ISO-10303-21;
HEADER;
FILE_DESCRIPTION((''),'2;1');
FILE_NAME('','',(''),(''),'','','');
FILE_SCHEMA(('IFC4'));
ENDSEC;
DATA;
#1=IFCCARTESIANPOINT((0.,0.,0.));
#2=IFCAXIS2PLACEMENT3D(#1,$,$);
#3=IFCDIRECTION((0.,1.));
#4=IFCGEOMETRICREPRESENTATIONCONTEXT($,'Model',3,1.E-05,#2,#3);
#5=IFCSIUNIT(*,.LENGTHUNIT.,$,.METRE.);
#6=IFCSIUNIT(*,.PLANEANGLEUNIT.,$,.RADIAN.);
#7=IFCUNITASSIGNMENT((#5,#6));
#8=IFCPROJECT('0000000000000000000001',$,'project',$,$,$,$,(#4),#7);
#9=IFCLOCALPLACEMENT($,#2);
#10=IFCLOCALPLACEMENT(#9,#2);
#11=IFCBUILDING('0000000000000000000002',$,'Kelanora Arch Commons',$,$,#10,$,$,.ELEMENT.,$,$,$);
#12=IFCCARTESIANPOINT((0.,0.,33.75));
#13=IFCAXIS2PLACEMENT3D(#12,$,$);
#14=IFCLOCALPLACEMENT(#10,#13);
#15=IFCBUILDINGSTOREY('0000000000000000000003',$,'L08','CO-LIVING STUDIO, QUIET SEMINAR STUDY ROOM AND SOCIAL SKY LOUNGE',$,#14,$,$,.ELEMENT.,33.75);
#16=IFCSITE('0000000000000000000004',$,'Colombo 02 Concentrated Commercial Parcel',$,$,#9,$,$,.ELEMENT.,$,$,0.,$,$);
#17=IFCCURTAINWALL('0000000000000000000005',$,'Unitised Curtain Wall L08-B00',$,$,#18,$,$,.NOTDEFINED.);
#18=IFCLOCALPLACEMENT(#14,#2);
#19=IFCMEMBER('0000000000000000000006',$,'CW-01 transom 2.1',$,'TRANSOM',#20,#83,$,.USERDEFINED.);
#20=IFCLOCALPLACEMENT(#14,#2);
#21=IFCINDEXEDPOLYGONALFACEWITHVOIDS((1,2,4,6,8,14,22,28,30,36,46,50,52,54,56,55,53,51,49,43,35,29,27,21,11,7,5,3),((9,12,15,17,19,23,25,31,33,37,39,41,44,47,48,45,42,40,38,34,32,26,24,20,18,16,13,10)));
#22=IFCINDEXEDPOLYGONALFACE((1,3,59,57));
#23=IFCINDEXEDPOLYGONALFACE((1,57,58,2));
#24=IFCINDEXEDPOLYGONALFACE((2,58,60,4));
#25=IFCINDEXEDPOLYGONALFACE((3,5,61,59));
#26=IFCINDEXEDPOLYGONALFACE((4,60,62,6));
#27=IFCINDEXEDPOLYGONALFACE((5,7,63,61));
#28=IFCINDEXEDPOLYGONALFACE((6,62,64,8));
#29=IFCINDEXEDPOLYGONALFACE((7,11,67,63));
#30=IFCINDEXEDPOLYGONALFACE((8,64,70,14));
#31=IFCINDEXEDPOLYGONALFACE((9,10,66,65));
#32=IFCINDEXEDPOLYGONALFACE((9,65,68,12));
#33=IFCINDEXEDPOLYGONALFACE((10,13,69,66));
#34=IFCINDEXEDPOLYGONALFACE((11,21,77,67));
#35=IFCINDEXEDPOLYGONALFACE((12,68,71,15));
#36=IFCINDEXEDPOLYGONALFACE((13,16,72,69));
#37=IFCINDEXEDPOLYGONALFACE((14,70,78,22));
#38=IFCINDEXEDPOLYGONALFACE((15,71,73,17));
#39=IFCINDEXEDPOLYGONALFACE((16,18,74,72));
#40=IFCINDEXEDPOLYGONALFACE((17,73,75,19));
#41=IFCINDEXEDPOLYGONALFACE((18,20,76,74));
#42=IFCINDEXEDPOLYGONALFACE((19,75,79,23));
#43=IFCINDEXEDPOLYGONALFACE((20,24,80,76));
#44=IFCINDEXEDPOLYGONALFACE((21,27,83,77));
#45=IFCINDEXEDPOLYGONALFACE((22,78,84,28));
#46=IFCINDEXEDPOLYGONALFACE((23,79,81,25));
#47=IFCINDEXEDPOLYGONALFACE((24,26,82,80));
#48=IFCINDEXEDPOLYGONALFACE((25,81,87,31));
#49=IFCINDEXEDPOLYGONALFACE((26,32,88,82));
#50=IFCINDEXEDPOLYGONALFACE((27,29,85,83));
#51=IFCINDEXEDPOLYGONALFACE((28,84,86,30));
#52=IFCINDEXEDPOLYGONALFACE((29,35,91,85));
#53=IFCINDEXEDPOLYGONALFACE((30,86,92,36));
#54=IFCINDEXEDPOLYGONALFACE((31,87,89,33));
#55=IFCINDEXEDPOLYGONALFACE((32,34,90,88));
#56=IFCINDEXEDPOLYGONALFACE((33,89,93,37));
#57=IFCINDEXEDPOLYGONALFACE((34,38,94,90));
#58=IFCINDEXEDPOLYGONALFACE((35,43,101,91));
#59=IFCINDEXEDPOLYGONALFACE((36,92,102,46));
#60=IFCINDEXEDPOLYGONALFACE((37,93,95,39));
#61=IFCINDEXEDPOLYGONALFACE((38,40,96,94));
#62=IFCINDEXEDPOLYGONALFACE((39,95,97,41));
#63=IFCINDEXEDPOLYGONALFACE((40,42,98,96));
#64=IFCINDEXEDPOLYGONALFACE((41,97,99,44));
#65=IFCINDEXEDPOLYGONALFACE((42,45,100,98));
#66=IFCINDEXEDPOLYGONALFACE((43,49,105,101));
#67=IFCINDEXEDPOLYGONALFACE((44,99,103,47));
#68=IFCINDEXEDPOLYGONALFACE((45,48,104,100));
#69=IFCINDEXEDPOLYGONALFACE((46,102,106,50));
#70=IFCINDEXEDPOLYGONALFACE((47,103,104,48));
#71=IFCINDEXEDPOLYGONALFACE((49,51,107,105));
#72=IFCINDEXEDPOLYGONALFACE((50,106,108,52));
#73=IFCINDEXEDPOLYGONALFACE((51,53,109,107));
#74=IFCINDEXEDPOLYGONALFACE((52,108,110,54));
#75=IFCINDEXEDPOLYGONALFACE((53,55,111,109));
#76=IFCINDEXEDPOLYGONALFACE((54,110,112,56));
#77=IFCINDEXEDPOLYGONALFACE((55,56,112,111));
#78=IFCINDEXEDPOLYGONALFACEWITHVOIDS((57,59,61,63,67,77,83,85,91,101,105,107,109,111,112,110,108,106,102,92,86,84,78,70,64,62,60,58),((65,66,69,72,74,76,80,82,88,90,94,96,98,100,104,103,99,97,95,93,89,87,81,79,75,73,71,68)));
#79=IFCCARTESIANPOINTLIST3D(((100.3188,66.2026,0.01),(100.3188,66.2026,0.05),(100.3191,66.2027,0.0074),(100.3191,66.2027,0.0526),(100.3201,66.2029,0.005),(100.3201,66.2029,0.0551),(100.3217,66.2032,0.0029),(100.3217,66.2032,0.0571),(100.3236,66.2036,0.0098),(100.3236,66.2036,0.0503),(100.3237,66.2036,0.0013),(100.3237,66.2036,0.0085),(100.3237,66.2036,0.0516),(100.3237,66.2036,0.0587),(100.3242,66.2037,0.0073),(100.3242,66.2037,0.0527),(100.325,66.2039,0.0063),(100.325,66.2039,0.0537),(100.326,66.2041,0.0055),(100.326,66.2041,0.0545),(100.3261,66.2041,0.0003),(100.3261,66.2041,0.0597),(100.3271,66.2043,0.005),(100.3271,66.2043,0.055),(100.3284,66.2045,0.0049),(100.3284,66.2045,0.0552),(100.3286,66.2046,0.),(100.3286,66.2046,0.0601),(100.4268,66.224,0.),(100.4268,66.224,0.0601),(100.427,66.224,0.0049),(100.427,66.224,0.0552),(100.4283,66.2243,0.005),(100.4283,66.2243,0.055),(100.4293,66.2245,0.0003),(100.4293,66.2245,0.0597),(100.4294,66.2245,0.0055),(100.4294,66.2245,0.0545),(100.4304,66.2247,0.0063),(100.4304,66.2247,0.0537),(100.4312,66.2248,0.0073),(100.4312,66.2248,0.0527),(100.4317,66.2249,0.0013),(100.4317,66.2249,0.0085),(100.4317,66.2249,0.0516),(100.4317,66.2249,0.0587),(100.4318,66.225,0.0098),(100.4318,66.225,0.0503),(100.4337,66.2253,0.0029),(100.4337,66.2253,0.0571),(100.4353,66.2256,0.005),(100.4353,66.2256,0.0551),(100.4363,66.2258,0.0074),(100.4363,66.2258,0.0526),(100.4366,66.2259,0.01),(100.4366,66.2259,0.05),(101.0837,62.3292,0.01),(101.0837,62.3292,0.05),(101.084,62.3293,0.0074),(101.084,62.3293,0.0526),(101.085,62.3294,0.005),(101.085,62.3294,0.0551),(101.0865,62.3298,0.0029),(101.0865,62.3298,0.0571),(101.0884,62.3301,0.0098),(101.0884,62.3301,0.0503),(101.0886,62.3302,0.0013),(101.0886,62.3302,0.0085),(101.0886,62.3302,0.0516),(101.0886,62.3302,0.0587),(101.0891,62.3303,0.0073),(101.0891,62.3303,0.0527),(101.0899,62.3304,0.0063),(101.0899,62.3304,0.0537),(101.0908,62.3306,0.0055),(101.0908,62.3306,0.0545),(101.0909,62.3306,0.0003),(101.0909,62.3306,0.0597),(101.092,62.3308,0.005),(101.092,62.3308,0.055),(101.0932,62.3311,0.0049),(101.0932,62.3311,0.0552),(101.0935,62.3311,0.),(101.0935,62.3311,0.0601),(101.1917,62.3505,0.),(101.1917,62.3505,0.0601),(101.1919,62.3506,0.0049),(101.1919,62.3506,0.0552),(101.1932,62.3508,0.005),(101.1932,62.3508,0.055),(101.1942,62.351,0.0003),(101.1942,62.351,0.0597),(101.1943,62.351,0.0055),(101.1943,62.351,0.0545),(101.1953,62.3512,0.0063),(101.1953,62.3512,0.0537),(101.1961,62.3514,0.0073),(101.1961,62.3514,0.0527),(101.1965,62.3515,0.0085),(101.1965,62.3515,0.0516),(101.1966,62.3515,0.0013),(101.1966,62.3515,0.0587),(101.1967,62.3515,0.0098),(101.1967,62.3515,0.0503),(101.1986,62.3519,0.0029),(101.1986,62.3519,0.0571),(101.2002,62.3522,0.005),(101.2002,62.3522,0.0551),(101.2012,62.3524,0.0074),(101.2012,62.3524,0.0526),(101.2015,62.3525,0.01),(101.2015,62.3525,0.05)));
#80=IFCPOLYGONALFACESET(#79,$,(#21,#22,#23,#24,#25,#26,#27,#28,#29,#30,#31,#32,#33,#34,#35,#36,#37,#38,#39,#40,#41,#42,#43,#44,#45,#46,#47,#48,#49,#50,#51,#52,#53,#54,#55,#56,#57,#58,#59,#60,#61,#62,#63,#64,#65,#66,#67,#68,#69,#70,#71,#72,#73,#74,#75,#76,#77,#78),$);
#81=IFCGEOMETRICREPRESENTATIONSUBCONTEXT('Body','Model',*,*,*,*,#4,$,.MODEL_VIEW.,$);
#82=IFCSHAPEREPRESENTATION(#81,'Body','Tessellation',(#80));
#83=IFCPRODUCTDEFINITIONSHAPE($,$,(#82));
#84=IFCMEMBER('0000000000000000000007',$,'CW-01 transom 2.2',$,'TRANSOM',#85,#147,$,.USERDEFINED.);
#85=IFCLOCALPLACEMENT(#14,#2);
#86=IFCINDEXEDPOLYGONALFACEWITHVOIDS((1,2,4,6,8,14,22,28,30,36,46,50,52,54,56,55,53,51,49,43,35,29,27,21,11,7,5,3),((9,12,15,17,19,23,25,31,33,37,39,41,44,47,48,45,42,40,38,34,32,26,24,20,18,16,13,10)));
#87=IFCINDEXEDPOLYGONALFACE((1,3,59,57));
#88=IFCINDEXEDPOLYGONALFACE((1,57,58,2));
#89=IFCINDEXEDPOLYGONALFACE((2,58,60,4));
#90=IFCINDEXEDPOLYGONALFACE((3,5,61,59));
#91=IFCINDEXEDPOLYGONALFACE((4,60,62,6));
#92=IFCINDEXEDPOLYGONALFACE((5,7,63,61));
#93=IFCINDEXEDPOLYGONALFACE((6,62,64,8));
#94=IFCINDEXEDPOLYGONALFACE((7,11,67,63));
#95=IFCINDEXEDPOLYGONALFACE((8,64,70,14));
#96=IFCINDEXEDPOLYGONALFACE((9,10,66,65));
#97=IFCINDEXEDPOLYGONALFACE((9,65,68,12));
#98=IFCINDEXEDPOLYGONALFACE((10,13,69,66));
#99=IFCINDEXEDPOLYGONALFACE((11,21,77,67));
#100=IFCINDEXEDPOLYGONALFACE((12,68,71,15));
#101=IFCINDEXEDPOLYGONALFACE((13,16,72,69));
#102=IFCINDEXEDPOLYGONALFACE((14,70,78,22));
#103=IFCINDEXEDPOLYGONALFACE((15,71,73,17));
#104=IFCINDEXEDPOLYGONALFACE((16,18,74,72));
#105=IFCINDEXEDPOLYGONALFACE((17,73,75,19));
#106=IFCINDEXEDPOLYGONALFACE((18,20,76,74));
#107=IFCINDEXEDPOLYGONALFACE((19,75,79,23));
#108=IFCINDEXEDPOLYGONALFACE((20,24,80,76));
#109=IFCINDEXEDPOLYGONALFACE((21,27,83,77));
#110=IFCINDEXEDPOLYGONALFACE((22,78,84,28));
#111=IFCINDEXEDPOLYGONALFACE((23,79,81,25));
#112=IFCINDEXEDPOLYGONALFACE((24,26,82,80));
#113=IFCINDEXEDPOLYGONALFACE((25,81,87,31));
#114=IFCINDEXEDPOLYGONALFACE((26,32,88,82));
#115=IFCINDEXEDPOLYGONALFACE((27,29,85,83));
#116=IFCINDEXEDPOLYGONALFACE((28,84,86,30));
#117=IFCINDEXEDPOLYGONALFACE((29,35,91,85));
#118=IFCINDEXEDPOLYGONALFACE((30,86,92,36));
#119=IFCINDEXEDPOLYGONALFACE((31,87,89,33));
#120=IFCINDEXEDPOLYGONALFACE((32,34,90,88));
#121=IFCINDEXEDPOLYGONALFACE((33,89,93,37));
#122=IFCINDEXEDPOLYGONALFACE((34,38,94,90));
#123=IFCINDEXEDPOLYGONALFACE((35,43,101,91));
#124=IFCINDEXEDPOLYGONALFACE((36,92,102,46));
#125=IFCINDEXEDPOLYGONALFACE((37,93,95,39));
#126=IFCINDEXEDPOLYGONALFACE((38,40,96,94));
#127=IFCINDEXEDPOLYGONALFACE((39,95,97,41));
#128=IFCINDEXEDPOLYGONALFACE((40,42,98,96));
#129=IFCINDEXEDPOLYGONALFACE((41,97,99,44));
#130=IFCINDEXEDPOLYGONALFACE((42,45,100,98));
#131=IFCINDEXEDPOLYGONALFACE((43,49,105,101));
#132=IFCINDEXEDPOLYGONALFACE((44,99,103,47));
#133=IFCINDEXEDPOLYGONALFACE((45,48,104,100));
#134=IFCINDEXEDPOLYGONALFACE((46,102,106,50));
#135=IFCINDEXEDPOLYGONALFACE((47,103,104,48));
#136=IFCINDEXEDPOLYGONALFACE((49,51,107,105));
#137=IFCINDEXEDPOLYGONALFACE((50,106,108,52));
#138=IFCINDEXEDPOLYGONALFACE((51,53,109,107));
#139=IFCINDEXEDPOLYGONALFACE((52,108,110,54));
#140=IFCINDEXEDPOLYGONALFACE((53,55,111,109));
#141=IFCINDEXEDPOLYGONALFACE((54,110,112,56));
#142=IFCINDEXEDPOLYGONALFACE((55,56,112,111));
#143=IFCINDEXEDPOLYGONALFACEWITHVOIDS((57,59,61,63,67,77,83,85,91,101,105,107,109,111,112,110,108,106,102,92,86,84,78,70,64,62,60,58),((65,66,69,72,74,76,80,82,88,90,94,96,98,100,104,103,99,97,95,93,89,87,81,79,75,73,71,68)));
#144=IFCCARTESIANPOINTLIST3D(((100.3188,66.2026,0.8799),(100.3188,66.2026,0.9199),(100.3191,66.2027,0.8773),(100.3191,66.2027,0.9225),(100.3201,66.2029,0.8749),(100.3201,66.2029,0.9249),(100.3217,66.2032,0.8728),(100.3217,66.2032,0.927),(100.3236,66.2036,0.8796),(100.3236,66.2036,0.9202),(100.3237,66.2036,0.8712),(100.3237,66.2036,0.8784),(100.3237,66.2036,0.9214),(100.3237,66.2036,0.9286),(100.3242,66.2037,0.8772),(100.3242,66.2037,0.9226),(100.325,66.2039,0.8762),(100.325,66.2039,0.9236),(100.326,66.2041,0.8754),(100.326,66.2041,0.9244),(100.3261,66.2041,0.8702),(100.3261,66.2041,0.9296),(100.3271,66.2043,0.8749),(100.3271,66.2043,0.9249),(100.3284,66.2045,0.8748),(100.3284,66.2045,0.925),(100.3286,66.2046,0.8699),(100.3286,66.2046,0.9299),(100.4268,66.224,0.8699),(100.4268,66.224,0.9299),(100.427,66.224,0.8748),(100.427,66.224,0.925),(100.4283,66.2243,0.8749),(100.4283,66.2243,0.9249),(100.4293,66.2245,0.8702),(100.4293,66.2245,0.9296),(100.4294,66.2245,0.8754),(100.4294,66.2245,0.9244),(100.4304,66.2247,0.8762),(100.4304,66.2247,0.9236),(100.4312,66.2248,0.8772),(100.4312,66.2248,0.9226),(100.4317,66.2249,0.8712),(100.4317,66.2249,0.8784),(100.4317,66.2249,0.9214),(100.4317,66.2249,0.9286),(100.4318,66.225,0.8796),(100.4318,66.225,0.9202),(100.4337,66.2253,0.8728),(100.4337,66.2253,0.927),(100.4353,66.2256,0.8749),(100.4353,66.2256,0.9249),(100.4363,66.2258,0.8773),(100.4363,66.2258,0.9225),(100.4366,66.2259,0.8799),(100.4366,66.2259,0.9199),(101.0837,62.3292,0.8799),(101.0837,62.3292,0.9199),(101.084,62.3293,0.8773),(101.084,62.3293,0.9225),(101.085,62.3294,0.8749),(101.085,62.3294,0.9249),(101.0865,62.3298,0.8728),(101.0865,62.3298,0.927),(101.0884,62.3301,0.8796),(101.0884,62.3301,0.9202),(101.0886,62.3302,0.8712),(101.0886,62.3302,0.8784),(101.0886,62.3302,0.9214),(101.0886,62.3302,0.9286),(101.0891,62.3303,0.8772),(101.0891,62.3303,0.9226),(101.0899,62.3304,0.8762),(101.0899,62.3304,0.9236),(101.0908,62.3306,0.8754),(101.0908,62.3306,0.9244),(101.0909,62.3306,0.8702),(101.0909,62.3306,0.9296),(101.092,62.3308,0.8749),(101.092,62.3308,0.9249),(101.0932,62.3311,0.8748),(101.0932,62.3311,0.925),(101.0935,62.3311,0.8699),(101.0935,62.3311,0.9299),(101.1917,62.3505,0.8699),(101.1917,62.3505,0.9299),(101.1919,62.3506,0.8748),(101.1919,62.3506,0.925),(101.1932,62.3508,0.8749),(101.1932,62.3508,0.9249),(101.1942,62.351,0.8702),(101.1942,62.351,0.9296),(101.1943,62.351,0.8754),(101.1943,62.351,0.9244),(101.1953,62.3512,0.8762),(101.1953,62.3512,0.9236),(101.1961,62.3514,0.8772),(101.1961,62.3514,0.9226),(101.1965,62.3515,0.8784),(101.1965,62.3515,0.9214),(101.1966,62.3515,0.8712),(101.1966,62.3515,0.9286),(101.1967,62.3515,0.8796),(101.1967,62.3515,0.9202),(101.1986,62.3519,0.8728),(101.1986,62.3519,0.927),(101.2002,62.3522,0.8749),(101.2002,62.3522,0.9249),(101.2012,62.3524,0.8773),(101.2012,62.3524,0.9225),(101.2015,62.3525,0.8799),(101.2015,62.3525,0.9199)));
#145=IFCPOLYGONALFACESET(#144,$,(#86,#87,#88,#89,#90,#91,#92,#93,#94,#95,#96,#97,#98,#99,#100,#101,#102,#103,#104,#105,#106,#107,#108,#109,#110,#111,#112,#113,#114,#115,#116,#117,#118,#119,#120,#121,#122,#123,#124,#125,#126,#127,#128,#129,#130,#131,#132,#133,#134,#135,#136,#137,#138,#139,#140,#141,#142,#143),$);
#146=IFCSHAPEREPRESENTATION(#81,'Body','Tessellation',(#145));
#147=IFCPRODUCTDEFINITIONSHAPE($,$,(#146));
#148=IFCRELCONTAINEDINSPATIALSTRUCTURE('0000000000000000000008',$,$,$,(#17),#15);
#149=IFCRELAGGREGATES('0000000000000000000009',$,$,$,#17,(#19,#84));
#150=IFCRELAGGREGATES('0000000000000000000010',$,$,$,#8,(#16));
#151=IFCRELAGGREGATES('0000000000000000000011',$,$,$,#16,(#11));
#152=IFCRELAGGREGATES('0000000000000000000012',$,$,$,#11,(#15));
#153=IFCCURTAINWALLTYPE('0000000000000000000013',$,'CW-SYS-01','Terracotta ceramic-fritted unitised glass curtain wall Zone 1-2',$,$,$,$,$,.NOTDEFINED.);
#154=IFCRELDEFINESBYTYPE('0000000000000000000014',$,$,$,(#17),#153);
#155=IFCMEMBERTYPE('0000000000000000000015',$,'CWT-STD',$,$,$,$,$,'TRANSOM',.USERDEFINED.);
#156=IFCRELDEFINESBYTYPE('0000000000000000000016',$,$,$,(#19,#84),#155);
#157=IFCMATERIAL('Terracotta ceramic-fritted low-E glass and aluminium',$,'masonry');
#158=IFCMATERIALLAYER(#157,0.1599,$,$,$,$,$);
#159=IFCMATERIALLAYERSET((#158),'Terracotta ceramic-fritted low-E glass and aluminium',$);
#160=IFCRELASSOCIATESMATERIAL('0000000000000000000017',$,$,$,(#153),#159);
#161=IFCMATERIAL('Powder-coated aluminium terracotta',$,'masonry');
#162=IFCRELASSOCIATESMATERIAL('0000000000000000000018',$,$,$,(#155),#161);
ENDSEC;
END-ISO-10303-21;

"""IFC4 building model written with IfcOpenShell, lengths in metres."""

from ifc_helpers import new_model, si_unit, direction, frame, origin, origin_2d, place, context, subcontext, project, spatial, hollow_rectangle, extrude, material, layer, layer_set, material_profile, profile_set, type_object, element, aggregate, save


model = new_model("IFC4")

# Units and contexts
model_context = context("Model", 3, precision=1e-05, world=origin(), true_north=direction((0.0, 1.0)))
body_context = subcontext(model_context, "Body", "Model", "MODEL_VIEW")
ifc_project = project(units=[si_unit("LENGTHUNIT", "METRE"), si_unit("PLANEANGLEUNIT", "RADIAN")], contexts=[model_context])

# Site, building, storey
site_placement = place(None, origin())
site = spatial("IfcSite", under=ifc_project, at=site_placement, Name="Colombo 02 Concentrated Commercial Parcel", CompositionType="ELEMENT", RefElevation=0.0)
building_placement = place(site_placement, origin())
building = spatial("IfcBuilding", under=site, at=building_placement, Name="Kelanora Arch Commons", CompositionType="ELEMENT")
storey_placement = place(building_placement, frame((0.0, 0.0, 33.75)))
storey = spatial("IfcBuildingStorey", under=building, at=storey_placement, Name="L08", Description="CO-LIVING STUDIO, QUIET SEMINAR STUDY ROOM AND SOCIAL SKY LOUNGE", CompositionType="ELEMENT", Elevation=33.75)

# Curtain wall, members
ifc_material_1 = material(Name="Terracotta ceramic-fritted low-E glass and aluminium", Category="masonry")
ifc_layer_1 = layer(ifc_material_1, 0.1599)
ifc_layer_set_1 = layer_set([ifc_layer_1], Name="Terracotta ceramic-fritted low-E glass and aluminium")
curtain_wall_type = type_object("IfcCurtainWallType", Name="CW-SYS-01", Description="Terracotta ceramic-fritted unitised glass curtain wall Zone 1-2", PredefinedType="NOTDEFINED", material=ifc_layer_set_1)
curtain_wall_placement = place(storey_placement, origin())
curtain_wall = element("IfcCurtainWall", 1, at=curtain_wall_placement, inside=storey, type_object=curtain_wall_type, Name="Unitised Curtain Wall L08-B00", PredefinedType="NOTDEFINED")
ifc_material_2 = material(Name="Powder-coated aluminium terracotta", Category="masonry")
ifc_material_profile_1 = material_profile(ifc_material_2, hollow_rectangle(XDim=0.1201, YDim=0.0601, WallThickness=0.0049, InnerFilletRadius=0.0049, OuterFilletRadius=0.01, at=origin_2d()), Name="CWT120x60")
ifc_profile_set_1 = profile_set([ifc_material_profile_1], Name="Powder-coated aluminium terracotta")
member_type_1 = type_object("IfcMemberType", Name="CWT-STD", ElementType="TRANSOM", PredefinedType="USERDEFINED", material=ifc_profile_set_1)
member_1_placement = place(storey_placement, frame((101.1426, 62.3408, 0.03), z_axis=(-0.193725, 0.981056, 0.0), x_axis=(-0.981056, -0.193725, 0.0)))
member_1 = element("IfcMember", 2, at=member_1_placement, type_object=member_type_1, Name="CW-01 transom 2.1", ObjectType="TRANSOM", PredefinedType="USERDEFINED", context=body_context, shape_type="SweptSolid", body=[
    extrude(hollow_rectangle(XDim=0.1201, YDim=0.0601, WallThickness=0.0049, InnerFilletRadius=0.0049, OuterFilletRadius=0.01, at=origin_2d()), origin(), (0.0, 0.0, 1.0), 3.9482),
])
member_2_placement = place(storey_placement, frame((101.1426, 62.3408, 0.8999), z_axis=(-0.193725, 0.981056, 0.0), x_axis=(-0.981056, -0.193725, 0.0)))
member_2 = element("IfcMember", 3, at=member_2_placement, type_object=member_type_1, Name="CW-01 transom 2.2", ObjectType="TRANSOM", PredefinedType="USERDEFINED", context=body_context, shape_type="SweptSolid", body=[
    extrude(hollow_rectangle(XDim=0.1201, YDim=0.0601, WallThickness=0.0049, InnerFilletRadius=0.0049, OuterFilletRadius=0.01, at=origin_2d()), origin(), (0.0, 0.0, 1.0), 3.9482),
])
aggregate(curtain_wall, [member_1, member_2])

save(model, "model.ifc")
